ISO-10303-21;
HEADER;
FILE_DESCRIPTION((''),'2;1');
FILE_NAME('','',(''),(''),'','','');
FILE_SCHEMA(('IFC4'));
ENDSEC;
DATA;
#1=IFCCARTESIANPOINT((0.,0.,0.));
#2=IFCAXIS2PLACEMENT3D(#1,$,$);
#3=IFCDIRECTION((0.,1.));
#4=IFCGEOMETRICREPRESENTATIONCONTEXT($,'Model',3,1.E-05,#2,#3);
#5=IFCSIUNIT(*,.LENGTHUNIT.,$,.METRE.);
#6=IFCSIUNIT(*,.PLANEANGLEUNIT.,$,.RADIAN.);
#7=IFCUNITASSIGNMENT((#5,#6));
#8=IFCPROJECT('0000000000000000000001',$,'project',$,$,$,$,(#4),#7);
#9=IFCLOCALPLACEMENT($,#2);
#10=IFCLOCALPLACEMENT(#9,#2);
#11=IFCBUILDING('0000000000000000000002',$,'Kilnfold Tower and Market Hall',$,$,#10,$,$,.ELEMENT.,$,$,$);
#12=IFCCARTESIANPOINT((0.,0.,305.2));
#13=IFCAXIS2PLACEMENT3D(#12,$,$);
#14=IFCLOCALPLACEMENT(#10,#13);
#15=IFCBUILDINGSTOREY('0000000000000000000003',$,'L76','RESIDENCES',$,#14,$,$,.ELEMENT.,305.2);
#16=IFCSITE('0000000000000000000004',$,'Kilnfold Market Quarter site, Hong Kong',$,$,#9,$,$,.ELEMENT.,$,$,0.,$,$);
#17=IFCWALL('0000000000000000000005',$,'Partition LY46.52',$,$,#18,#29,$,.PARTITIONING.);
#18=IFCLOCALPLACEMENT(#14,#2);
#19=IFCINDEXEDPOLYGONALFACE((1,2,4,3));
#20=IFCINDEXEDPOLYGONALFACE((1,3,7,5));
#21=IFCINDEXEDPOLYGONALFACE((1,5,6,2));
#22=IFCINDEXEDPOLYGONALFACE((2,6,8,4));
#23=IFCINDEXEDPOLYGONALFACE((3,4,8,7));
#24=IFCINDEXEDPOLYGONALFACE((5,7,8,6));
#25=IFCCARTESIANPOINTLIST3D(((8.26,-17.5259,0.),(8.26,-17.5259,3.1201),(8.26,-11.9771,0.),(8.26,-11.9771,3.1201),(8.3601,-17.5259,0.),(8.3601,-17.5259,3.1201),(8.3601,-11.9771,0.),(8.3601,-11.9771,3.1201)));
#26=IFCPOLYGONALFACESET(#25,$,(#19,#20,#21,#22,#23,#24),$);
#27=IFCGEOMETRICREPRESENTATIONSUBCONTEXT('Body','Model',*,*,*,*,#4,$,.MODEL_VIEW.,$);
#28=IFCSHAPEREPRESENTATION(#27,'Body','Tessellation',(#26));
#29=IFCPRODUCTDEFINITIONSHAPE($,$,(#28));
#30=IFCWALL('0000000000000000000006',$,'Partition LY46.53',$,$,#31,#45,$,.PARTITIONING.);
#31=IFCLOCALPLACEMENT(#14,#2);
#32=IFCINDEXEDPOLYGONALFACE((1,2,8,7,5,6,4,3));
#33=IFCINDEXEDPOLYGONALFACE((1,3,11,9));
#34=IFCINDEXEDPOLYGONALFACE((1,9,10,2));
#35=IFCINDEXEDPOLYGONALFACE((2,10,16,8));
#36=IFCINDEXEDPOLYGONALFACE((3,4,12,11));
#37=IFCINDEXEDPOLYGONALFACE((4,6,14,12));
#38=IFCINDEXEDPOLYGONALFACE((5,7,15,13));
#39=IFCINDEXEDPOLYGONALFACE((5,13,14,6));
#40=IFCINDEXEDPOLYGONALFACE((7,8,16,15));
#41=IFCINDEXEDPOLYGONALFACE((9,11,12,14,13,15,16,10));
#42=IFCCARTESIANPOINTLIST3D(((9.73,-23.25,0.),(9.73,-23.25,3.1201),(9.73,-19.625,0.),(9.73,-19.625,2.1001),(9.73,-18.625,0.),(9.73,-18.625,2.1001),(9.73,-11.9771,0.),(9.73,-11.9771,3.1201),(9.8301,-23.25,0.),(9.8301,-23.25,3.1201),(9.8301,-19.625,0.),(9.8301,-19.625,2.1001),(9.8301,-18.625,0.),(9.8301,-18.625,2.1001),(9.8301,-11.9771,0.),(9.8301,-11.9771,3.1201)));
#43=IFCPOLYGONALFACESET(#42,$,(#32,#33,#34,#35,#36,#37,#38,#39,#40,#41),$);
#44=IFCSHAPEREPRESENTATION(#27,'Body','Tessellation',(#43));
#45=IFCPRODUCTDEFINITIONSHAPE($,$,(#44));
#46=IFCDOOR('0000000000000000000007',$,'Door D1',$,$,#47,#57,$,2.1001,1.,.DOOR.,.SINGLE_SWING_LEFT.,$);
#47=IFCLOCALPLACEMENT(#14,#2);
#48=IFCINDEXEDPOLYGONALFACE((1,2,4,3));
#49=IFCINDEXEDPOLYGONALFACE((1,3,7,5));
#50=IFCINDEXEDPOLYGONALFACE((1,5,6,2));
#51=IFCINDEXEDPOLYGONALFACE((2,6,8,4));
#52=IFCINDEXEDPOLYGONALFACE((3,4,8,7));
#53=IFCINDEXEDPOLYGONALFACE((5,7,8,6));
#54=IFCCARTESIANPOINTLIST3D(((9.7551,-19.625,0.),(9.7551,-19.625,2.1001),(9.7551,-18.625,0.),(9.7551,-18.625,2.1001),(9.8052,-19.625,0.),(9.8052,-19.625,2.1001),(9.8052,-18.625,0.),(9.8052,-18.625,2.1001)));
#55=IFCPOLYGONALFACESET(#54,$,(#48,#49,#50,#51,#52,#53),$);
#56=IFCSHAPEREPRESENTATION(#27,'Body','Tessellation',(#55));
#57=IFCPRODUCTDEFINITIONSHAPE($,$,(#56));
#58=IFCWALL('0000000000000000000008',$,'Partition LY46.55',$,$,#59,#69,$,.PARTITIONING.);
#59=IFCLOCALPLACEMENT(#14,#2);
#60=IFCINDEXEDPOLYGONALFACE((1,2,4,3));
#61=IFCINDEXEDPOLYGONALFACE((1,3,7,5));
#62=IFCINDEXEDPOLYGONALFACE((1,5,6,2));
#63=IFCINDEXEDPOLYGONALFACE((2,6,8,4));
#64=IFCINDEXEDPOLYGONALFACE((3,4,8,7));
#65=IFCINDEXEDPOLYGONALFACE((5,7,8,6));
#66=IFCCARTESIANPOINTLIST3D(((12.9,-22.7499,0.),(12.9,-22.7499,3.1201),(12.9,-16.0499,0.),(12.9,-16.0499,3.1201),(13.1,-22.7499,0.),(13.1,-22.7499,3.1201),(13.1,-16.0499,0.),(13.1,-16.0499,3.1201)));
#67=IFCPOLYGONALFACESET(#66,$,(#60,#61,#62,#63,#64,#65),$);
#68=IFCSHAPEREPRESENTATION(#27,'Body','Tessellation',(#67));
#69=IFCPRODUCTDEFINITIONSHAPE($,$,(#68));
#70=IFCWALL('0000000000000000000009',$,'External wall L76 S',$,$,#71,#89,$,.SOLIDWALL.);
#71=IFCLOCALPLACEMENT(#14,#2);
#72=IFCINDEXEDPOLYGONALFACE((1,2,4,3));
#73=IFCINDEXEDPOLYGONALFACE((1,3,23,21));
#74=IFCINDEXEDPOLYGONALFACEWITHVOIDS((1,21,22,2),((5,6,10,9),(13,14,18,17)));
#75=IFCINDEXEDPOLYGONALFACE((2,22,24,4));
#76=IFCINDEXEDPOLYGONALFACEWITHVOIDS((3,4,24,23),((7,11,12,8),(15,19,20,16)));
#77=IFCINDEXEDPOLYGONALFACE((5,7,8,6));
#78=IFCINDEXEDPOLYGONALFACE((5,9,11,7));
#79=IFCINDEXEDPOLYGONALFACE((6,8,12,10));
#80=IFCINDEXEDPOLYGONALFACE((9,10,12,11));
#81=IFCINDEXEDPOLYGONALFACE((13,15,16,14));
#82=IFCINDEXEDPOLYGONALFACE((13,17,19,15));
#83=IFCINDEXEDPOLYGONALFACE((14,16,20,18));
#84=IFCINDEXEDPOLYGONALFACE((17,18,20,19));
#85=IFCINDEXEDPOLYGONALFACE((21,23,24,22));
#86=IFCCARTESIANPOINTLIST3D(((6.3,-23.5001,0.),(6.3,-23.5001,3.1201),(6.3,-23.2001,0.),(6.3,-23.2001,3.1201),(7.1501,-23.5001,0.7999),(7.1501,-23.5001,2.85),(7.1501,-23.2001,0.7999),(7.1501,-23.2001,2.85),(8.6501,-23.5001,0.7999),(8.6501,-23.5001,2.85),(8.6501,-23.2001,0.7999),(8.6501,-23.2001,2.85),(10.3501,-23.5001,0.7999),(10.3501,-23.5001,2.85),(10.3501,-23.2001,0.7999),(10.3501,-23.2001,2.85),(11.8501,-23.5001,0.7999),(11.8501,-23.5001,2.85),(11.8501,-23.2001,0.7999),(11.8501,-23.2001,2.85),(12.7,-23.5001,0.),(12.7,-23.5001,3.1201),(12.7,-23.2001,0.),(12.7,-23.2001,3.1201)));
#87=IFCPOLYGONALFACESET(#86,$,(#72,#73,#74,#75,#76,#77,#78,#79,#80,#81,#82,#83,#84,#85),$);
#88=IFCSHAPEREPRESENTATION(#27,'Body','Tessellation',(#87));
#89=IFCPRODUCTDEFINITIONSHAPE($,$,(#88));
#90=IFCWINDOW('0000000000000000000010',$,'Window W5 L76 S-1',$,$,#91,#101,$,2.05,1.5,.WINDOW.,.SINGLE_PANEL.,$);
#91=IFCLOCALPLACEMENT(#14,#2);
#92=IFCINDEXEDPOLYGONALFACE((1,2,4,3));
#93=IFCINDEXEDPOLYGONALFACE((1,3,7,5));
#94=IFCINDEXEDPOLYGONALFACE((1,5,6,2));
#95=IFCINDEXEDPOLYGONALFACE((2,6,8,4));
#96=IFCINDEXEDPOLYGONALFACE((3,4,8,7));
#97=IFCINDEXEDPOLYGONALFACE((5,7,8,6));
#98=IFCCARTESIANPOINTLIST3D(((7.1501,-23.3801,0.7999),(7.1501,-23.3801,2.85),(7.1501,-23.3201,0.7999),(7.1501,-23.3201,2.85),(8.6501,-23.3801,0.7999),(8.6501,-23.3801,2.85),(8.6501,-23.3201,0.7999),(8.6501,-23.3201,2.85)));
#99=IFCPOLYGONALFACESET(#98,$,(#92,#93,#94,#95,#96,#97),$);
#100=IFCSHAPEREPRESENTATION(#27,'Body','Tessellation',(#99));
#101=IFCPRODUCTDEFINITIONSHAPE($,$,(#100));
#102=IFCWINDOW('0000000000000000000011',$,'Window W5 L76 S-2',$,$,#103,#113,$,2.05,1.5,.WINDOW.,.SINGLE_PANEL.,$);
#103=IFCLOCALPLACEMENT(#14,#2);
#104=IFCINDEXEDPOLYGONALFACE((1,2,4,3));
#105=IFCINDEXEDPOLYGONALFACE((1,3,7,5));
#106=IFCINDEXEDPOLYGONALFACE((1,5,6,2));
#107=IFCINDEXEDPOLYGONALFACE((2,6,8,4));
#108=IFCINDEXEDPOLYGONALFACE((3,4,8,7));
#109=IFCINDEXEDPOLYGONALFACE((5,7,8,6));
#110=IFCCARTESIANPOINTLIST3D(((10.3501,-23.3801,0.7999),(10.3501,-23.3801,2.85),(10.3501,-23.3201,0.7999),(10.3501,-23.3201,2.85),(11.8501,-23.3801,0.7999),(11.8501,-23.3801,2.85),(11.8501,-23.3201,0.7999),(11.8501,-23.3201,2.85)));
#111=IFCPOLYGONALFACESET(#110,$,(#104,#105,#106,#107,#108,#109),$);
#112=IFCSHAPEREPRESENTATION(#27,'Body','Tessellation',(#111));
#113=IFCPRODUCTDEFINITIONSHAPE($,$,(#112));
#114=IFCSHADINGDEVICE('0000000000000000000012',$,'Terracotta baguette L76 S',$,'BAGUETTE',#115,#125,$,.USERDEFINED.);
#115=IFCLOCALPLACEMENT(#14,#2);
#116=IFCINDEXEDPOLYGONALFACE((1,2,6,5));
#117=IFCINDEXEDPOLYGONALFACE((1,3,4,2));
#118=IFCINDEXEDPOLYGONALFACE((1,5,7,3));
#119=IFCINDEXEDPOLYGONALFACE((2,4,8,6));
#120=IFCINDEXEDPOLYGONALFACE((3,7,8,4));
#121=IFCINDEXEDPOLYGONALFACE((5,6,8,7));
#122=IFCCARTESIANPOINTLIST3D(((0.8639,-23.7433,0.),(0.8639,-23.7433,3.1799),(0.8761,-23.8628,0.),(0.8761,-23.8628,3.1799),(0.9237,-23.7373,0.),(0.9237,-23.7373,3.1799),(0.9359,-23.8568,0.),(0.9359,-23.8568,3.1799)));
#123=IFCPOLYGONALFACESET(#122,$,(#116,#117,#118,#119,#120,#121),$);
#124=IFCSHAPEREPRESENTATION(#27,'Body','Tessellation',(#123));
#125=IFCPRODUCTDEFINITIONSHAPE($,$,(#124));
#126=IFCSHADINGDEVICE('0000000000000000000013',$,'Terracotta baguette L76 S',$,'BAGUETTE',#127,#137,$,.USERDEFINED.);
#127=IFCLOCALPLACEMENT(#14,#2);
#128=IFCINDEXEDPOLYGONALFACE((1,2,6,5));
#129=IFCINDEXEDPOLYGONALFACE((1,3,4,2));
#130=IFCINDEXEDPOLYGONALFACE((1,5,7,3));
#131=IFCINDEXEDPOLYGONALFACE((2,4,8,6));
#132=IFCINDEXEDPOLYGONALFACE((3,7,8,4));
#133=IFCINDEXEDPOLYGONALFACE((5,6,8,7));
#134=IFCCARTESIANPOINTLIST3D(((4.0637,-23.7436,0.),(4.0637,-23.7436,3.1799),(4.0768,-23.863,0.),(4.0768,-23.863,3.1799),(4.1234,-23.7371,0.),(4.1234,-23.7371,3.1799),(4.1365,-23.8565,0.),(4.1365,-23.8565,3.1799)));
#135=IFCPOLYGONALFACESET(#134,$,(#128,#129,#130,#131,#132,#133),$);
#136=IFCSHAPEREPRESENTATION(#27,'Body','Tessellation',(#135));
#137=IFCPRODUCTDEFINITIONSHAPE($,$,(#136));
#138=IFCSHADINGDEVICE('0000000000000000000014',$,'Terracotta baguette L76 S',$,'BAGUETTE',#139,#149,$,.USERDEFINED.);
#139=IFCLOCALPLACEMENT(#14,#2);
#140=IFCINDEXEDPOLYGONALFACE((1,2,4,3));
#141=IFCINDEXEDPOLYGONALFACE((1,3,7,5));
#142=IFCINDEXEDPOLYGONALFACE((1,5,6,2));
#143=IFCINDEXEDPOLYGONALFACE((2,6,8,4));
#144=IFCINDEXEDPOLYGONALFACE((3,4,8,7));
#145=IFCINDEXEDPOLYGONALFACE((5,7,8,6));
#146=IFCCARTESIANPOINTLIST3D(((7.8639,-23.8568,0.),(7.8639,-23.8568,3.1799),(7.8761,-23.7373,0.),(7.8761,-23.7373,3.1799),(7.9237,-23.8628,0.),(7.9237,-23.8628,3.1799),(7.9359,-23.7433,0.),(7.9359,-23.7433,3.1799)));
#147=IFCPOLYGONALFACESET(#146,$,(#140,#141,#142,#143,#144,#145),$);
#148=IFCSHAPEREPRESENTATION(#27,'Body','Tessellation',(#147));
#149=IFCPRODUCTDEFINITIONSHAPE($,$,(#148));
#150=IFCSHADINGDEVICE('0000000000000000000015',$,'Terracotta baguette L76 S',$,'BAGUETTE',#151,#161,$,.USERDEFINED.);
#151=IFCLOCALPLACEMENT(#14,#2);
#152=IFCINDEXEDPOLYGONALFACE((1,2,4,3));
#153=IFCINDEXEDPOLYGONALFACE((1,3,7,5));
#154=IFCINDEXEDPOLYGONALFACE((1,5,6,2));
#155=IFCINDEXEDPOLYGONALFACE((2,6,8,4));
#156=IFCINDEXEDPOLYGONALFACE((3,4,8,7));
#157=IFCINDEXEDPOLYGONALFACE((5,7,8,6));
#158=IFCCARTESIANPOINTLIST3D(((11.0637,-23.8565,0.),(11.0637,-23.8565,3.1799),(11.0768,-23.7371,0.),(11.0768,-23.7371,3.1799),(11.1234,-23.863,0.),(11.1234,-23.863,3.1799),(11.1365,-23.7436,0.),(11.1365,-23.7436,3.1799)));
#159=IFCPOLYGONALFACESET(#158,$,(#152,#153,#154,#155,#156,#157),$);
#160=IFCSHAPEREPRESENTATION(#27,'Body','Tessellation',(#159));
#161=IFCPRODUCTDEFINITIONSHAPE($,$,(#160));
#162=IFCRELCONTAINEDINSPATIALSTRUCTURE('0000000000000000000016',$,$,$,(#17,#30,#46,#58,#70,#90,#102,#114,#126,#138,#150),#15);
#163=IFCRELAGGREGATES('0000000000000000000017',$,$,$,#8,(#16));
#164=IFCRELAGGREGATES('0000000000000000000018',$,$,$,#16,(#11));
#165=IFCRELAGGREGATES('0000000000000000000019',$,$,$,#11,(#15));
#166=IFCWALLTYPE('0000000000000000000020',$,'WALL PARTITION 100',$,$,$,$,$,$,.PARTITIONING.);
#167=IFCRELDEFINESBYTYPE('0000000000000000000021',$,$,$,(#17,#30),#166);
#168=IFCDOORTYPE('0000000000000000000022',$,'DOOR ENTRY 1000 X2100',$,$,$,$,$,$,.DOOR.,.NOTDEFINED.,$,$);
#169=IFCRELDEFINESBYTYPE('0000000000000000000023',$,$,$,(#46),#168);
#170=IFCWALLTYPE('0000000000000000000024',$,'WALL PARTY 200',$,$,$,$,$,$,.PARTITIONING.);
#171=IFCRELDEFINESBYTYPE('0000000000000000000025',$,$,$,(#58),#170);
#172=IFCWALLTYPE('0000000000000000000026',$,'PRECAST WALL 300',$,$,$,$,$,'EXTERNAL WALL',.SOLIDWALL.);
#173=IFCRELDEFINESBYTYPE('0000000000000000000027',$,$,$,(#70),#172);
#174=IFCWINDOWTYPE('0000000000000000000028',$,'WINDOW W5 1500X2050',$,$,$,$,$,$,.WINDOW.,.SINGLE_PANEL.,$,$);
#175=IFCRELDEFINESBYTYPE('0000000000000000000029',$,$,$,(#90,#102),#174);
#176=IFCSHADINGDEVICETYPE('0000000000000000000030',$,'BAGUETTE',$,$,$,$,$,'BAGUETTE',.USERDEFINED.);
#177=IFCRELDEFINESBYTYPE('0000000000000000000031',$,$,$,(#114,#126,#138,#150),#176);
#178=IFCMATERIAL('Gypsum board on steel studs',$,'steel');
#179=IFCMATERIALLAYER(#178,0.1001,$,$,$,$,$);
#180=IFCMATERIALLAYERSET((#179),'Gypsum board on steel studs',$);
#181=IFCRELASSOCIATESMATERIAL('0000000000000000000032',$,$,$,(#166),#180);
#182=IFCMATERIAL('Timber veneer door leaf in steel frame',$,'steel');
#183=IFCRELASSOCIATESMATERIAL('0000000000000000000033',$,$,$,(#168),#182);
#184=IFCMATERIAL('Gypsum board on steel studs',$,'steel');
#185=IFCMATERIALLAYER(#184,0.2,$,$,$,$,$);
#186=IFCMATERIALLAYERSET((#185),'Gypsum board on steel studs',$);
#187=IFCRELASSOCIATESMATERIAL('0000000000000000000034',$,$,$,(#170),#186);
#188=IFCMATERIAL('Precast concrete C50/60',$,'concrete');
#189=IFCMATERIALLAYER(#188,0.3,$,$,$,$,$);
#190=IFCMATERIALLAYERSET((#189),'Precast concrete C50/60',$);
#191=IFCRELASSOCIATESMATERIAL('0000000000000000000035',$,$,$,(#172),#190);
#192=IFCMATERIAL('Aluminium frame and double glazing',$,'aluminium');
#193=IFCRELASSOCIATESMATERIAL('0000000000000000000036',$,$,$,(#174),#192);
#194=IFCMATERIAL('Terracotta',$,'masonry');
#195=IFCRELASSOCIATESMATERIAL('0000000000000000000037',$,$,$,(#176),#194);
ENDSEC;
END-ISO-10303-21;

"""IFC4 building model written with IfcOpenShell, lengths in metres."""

from ifc_helpers import new_model, si_unit, direction, frame, frame_2d, origin, origin_2d, place, context, subcontext, project, spatial, rectangle, extrude, source, transform, mapped, material, layer, layer_set, material_profile, profile_set, type_object, element, fill, save


model = new_model("IFC4")

# Units and contexts
model_context = context("Model", 3, precision=1e-05, world=origin(), true_north=direction((0.0, 1.0)))
body_context = subcontext(model_context, "Body", "Model", "MODEL_VIEW")
ifc_project = project(units=[si_unit("LENGTHUNIT", "METRE"), si_unit("PLANEANGLEUNIT", "RADIAN")], contexts=[model_context])

# Site, building, storey
site_placement = place(None, origin())
site = spatial("IfcSite", under=ifc_project, at=site_placement, Name="Kilnfold Market Quarter site, Hong Kong", CompositionType="ELEMENT", RefElevation=0.0)
building_placement = place(site_placement, origin())
building = spatial("IfcBuilding", under=site, at=building_placement, Name="Kilnfold Tower and Market Hall", CompositionType="ELEMENT")
storey_placement = place(building_placement, frame((0.0, 0.0, 305.2)))
storey = spatial("IfcBuildingStorey", under=building, at=storey_placement, Name="L76", Description="RESIDENCES", CompositionType="ELEMENT", Elevation=305.2)

# Shared definitions
ifc_material_1 = material(Name="Gypsum board on steel studs", Category="steel")
ifc_layer_1 = layer(ifc_material_1, 0.1001)
ifc_layer_set_1 = layer_set([ifc_layer_1], Name="Gypsum board on steel studs")
wall_type_1 = type_object("IfcWallType", Name="WALL PARTITION 100", PredefinedType="PARTITIONING", material=ifc_layer_set_1)

# Wall
wall_1_placement = place(storey_placement, frame((8.3101, -17.5259, 0.0), z_axis=(0.0, 0.0, 1.0), x_axis=(0.0, 1.0, 0.0)))
element("IfcWall", 1, at=wall_1_placement, inside=storey, type_object=wall_type_1, Name="Partition LY46.52", PredefinedType="PARTITIONING", context=body_context, shape_type="SweptSolid", body=[
    extrude(rectangle(XDim=5.5488, YDim=0.1001, at=frame_2d((2.7744, 0.0))), origin(), (0.0, 0.0, 1.0), 3.1201),
])

# Wall, opening, door
wall_2_placement = place(storey_placement, frame((9.78, -23.25, 0.0), z_axis=(0.0, 0.0, 1.0), x_axis=(0.0, 1.0, 0.0)))
wall_2 = element("IfcWall", 2, at=wall_2_placement, inside=storey, type_object=wall_type_1, Name="Partition LY46.53", PredefinedType="PARTITIONING", context=body_context, shape_type="SweptSolid", body=[
    extrude(rectangle(XDim=11.2729, YDim=0.1001, at=frame_2d((5.6365, 0.0))), origin(), (0.0, 0.0, 1.0), 3.1201),
])
opening_1_placement = place(wall_2_placement, frame((3.625, 0.0, 0.0)))
opening_1 = element("IfcOpeningElement", 3, at=opening_1_placement, cuts=wall_2, PredefinedType="OPENING", context=body_context, shape_type="SweptSolid", body=[
    extrude(rectangle(XDim=1.0, YDim=2.1001, at=frame_2d((0.5, 1.05))), frame((0.0, 0.0601, 0.0), z_axis=(0.0, -1.0, 0.0), x_axis=(1.0, 0.0, 0.0)), (0.0, 0.0, 1.0), 0.1201),
])
ifc_material_2 = material(Name="Timber veneer door leaf in steel frame", Category="steel")
door_type_1 = type_object("IfcDoorType", Name="DOOR ENTRY 1000 X2100", OperationType="NOTDEFINED", PredefinedType="DOOR", material=ifc_material_2)
door_1_placement = place(opening_1_placement, origin())
door_1 = element("IfcDoor", 4, at=door_1_placement, inside=storey, type_object=door_type_1, Name="Door D1", OperationType="SINGLE_SWING_LEFT", OverallHeight=2.1001, OverallWidth=1.0, PredefinedType="DOOR", context=body_context, shape_type="SweptSolid", body=[
    extrude(rectangle(XDim=1.0, YDim=2.1001, at=frame_2d((0.5, 1.05))), frame((0.0, 0.0249, 0.0), z_axis=(0.0, -1.0, 0.0), x_axis=(1.0, 0.0, 0.0)), (0.0, 0.0, 1.0), 0.05),
])
fill(opening_1, door_1)

# Wall
ifc_material_3 = material(Name="Gypsum board on steel studs", Category="steel")
ifc_layer_2 = layer(ifc_material_3, 0.2)
ifc_layer_set_2 = layer_set([ifc_layer_2], Name="Gypsum board on steel studs")
wall_type_2 = type_object("IfcWallType", Name="WALL PARTY 200", PredefinedType="PARTITIONING", material=ifc_layer_set_2)
wall_3_placement = place(storey_placement, frame((13.0, -22.75, 0.0), z_axis=(0.0, 0.0, 1.0), x_axis=(0.0, 1.0, 0.0)))
element("IfcWall", 5, at=wall_3_placement, inside=storey, type_object=wall_type_2, Name="Partition LY46.55", PredefinedType="PARTITIONING", context=body_context, shape_type="SweptSolid", body=[
    extrude(rectangle(XDim=6.7, YDim=0.2, at=frame_2d((3.3501, 0.0))), origin(), (0.0, 0.0, 1.0), 3.1201),
])

# Wall, openings, windows
ifc_material_4 = material(Name="Precast concrete C50/60", Category="concrete")
ifc_layer_3 = layer(ifc_material_4, 0.3)
ifc_layer_set_3 = layer_set([ifc_layer_3], Name="Precast concrete C50/60")
wall_type_3 = type_object("IfcWallType", Name="PRECAST WALL 300", ElementType="EXTERNAL WALL", PredefinedType="SOLIDWALL", material=ifc_layer_set_3)
shared_shape_1 = source(origin(), body_context, "Body", "SweptSolid", [
    extrude(rectangle(XDim=6.3999, YDim=0.3, at=frame_2d((3.2, 0.0))), origin(), (0.0, 0.0, 1.0), 3.1201),
])
wall_4_placement = place(storey_placement, frame((6.3, -23.3501, 0.0), z_axis=(0.0, 0.0, 1.0), x_axis=(1.0, 0.0, 0.0)))
wall_4 = element("IfcWall", 6, at=wall_4_placement, inside=storey, type_object=wall_type_3, Name="External wall L76 S", PredefinedType="SOLIDWALL", context=body_context, shape_type="MappedRepresentation", body=[
    mapped(shared_shape_1, transform((0.0, 0.0, 0.0))),
])
opening_2_placement = place(wall_4_placement, frame((0.8501, 0.0, 0.8)))
opening_2 = element("IfcOpeningElement", 7, at=opening_2_placement, cuts=wall_4, PredefinedType="OPENING", context=body_context, shape_type="SweptSolid", body=[
    extrude(rectangle(XDim=1.5, YDim=2.05, at=frame_2d((0.75, 1.0249))), frame((0.0, 0.1602, 0.0), z_axis=(0.0, -1.0, 0.0), x_axis=(1.0, 0.0, 0.0)), (0.0, 0.0, 1.0), 0.3201),
])
opening_3_placement = place(wall_4_placement, frame((4.05, 0.0, 0.8)))
opening_3 = element("IfcOpeningElement", 8, at=opening_3_placement, cuts=wall_4, PredefinedType="OPENING", context=body_context, shape_type="SweptSolid", body=[
    extrude(rectangle(XDim=1.5, YDim=2.05, at=frame_2d((0.75, 1.0249))), frame((0.0, 0.1602, 0.0), z_axis=(0.0, -1.0, 0.0), x_axis=(1.0, 0.0, 0.0)), (0.0, 0.0, 1.0), 0.3201),
])
ifc_material_5 = material(Name="Aluminium frame and double glazing", Category="aluminium")
window_type = type_object("IfcWindowType", Name="WINDOW W5 1500X2050", PartitioningType="SINGLE_PANEL", PredefinedType="WINDOW", material=ifc_material_5)
window_1_placement = place(opening_2_placement, origin())
window_1 = element("IfcWindow", 9, at=window_1_placement, inside=storey, type_object=window_type, Name="Window W5 L76 S-1", OverallHeight=2.05, OverallWidth=1.5, PartitioningType="SINGLE_PANEL", PredefinedType="WINDOW", context=body_context, shape_type="SweptSolid", body=[
    extrude(rectangle(XDim=1.5, YDim=2.05, at=frame_2d((0.75, 1.0249))), frame((0.0, 0.03, 0.0), z_axis=(0.0, -1.0, 0.0), x_axis=(1.0, 0.0, 0.0)), (0.0, 0.0, 1.0), 0.0601),
])
fill(opening_2, window_1)
window_2_placement = place(opening_3_placement, origin())
window_2 = element("IfcWindow", 10, at=window_2_placement, inside=storey, type_object=window_type, Name="Window W5 L76 S-2", OverallHeight=2.05, OverallWidth=1.5, PartitioningType="SINGLE_PANEL", PredefinedType="WINDOW", context=body_context, shape_type="SweptSolid", body=[
    extrude(rectangle(XDim=1.5, YDim=2.05, at=frame_2d((0.75, 1.0249))), frame((0.0, 0.03, 0.0), z_axis=(0.0, -1.0, 0.0), x_axis=(1.0, 0.0, 0.0)), (0.0, 0.0, 1.0), 0.0601),
])
fill(opening_3, window_2)

# Shading devices
ifc_material_6 = material(Name="Terracotta", Category="masonry")
ifc_material_profile_1 = material_profile(ifc_material_6, rectangle(XDim=0.0601, YDim=0.1201, at=origin_2d()), Name="BAG 60x120")
ifc_profile_set_1 = profile_set([ifc_material_profile_1], Name="Terracotta")
shading_device_type = type_object("IfcShadingDeviceType", Name="BAGUETTE", ElementType="BAGUETTE", PredefinedType="USERDEFINED", material=ifc_profile_set_1)
shared_shape_2 = source(origin(), body_context, "Body", "SweptSolid", [
    extrude(rectangle(XDim=0.0601, YDim=0.1201, at=origin_2d()), origin(), (0.0, 0.0, 1.0), 3.1799),
])
for number, where, z_axis, x_axis, name in (
    (11, (0.8999, -23.8, 0.0), (0.0, 0.0, 1.0), (0.994842, 0.101437, 0.0), "Terracotta baguette L76 S"),
    (12, (4.1001, -23.8, 0.0), (0.0, 0.0, 1.0), (0.994116, 0.108324, 0.0), "Terracotta baguette L76 S"),
    (13, (7.8999, -23.8, 0.0), (0.0, 0.0, 1.0), (0.994842, -0.101437, 0.0), "Terracotta baguette L76 S"),
    (14, (11.1001, -23.8, 0.0), (0.0, 0.0, 1.0), (0.994116, -0.108324, 0.0), "Terracotta baguette L76 S"),
):
    element("IfcShadingDevice", number, at=place(storey_placement, frame(where, z_axis=z_axis, x_axis=x_axis)), inside=storey, type_object=shading_device_type, Name=name, ObjectType="BAGUETTE", PredefinedType="USERDEFINED", context=body_context, shape_type="MappedRepresentation", body=[
        mapped(shared_shape_2, transform((0.0, 0.0, 0.0))),
    ])

save(model, "model.ifc")
